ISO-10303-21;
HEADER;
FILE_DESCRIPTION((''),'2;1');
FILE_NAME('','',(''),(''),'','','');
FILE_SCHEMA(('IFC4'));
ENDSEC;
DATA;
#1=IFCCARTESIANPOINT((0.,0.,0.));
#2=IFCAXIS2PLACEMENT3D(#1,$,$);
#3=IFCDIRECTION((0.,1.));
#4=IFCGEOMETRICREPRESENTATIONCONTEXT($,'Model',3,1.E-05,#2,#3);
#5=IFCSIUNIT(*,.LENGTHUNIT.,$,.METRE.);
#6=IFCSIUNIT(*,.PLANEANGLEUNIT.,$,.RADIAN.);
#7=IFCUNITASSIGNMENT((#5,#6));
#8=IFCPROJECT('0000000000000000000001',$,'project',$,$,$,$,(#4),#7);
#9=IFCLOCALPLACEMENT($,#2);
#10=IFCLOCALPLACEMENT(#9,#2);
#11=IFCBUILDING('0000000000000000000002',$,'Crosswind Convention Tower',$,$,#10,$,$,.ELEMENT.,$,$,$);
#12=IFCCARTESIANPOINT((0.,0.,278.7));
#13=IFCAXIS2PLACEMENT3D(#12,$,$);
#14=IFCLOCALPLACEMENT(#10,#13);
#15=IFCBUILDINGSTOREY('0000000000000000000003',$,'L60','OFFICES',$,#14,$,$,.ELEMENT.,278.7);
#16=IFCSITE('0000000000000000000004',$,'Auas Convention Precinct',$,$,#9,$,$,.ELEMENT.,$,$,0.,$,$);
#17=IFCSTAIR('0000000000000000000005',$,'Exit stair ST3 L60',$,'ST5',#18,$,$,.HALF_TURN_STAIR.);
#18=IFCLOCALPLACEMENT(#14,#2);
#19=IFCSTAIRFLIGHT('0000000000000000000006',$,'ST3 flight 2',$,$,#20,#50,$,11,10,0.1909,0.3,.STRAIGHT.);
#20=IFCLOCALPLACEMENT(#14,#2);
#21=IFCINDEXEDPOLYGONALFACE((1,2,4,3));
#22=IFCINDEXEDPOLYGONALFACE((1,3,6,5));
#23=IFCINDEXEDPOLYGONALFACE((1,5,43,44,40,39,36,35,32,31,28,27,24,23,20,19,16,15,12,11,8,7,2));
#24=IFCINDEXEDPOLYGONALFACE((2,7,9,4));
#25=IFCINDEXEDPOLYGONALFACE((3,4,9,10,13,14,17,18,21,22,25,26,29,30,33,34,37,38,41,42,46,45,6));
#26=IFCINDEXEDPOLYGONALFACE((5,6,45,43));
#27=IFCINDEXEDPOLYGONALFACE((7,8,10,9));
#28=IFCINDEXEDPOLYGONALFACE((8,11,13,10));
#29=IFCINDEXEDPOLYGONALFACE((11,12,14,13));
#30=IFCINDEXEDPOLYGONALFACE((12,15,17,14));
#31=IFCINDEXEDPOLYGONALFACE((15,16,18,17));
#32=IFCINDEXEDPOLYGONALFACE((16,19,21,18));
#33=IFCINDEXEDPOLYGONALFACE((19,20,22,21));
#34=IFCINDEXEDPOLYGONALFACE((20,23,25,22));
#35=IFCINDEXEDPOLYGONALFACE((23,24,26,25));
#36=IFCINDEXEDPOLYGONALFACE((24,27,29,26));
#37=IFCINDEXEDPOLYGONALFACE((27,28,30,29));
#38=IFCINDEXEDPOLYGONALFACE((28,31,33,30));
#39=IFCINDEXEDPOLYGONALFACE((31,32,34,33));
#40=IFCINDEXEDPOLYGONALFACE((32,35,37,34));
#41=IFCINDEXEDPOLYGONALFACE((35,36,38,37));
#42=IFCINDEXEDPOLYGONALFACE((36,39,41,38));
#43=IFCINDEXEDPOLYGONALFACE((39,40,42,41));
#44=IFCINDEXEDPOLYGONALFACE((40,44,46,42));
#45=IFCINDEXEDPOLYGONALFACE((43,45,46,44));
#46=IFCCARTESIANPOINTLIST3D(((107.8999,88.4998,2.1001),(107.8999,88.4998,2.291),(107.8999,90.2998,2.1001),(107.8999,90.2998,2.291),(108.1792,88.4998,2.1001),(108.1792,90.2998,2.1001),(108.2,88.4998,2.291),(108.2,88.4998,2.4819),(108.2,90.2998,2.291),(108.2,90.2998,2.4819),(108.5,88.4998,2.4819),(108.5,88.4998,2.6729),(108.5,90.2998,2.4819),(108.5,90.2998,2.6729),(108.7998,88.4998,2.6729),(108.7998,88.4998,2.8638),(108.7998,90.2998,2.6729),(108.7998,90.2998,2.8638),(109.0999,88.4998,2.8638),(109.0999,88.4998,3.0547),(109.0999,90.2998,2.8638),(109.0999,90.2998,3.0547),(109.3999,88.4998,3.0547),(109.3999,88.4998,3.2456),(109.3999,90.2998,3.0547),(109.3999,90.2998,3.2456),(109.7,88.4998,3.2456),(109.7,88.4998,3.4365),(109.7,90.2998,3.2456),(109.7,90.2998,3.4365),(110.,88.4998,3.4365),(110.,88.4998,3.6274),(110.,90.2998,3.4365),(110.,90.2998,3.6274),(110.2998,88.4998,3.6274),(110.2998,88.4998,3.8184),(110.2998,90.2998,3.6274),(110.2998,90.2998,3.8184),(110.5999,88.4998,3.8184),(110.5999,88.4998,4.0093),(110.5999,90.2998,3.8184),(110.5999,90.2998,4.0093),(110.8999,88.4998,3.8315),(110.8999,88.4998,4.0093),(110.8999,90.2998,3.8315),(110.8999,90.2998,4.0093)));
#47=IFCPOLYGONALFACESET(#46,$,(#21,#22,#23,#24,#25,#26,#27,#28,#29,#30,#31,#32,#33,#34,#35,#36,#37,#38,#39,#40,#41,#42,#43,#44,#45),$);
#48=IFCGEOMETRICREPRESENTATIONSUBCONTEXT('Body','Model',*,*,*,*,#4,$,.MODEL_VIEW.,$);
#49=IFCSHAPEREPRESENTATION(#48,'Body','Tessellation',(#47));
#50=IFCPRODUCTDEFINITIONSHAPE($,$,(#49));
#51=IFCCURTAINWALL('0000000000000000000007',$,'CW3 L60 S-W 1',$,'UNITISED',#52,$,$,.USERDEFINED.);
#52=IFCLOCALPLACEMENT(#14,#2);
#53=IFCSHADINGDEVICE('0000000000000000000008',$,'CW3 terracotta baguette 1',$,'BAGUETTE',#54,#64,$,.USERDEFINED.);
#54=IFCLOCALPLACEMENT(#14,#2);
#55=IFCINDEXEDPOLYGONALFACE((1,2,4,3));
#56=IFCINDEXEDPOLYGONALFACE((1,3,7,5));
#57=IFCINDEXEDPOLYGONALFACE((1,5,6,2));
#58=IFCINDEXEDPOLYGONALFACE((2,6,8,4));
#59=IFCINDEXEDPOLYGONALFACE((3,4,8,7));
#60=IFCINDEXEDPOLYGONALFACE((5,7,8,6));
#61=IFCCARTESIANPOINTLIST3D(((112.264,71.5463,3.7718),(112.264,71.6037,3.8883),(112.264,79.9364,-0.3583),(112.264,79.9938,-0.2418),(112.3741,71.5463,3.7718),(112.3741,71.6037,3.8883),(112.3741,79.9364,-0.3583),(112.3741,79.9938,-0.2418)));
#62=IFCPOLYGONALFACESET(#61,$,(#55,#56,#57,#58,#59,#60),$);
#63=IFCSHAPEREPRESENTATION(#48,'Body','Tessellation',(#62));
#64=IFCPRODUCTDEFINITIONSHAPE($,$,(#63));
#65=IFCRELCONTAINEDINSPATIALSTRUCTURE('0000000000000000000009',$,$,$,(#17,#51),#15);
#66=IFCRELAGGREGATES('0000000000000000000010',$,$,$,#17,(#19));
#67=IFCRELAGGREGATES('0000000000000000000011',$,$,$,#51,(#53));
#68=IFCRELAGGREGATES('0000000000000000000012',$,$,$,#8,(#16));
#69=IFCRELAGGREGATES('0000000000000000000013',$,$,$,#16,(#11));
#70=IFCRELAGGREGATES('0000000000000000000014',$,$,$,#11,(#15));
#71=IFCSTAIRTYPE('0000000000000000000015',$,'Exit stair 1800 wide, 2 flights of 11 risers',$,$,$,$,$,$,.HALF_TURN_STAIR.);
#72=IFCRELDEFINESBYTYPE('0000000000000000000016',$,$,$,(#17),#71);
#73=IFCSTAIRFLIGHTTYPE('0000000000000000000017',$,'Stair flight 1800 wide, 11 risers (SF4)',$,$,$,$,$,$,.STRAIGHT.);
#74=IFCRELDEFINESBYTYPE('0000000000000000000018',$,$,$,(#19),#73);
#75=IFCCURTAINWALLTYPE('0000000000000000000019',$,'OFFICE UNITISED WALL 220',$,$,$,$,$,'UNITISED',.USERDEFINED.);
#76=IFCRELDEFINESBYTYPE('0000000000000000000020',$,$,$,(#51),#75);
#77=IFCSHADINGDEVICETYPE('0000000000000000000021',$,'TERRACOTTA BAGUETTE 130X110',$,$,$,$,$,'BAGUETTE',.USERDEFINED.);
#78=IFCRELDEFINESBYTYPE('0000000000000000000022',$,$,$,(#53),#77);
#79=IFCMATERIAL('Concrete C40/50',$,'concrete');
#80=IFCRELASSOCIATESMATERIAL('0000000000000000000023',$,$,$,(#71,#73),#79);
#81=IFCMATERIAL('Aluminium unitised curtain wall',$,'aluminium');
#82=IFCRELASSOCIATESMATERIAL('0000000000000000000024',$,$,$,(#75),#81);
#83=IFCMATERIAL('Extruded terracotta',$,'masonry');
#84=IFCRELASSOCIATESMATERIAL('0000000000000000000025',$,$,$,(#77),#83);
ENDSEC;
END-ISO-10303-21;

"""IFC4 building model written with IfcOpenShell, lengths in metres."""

from ifc_helpers import new_model, si_unit, direction, frame, origin, origin_2d, place, context, subcontext, project, spatial, polyline, rectangle, outline, extrude, material, material_profile, profile_set, type_object, element, aggregate, save


model = new_model("IFC4")

# Units and contexts
model_context = context("Model", 3, precision=1e-05, world=origin(), true_north=direction((0.0, 1.0)))
body_context = subcontext(model_context, "Body", "Model", "MODEL_VIEW")
ifc_project = project(units=[si_unit("LENGTHUNIT", "METRE"), si_unit("PLANEANGLEUNIT", "RADIAN")], contexts=[model_context])

# Site, building, storey
site_placement = place(None, origin())
site = spatial("IfcSite", under=ifc_project, at=site_placement, Name="Auas Convention Precinct", CompositionType="ELEMENT", RefElevation=0.0)
building_placement = place(site_placement, origin())
building = spatial("IfcBuilding", under=site, at=building_placement, Name="Crosswind Convention Tower", CompositionType="ELEMENT")
storey_placement = place(building_placement, frame((0.0, 0.0, 278.7)))
storey = spatial("IfcBuildingStorey", under=building, at=storey_placement, Name="L60", Description="OFFICES", CompositionType="ELEMENT", Elevation=278.7)

# Shared definitions
ifc_material_1 = material(Name="Concrete C40/50", Category="concrete")

# Stair
stair_type = type_object("IfcStairType", Name="Exit stair 1800 wide, 2 flights of 11 risers", PredefinedType="HALF_TURN_STAIR", material=ifc_material_1)
stair_1_placement = place(storey_placement, origin())
stair_1 = element("IfcStair", 1, at=stair_1_placement, inside=storey, type_object=stair_type, Name="Exit stair ST3 L60", ObjectType="ST5", PredefinedType="HALF_TURN_STAIR")

# Stair flight
stair_flight_type = type_object("IfcStairFlightType", Name="Stair flight 1800 wide, 11 risers (SF4)", PredefinedType="STRAIGHT", material=ifc_material_1)
stair_flight_1_placement = place(storey_placement, frame((107.8999, 89.3999, 2.1001), z_axis=(0.0, 0.0, 1.0), x_axis=(1.0, 0.0, 0.0)))
stair_flight_1 = element("IfcStairFlight", 2, at=stair_flight_1_placement, type_object=stair_flight_type, Name="ST3 flight 2", NumberOfRisers=11, NumberOfTreads=10, PredefinedType="STRAIGHT", RiserHeight=0.1909, TreadLength=0.3, context=body_context, shape_type="SweptSolid", body=[
    extrude(outline(polyline([(0.0, 0.0), (0.0, 0.1909), (0.3, 0.1909), (0.3, 0.3818), (0.6001, 0.3818), (0.6001, 0.5728), (0.8999, 0.5728), (0.8999, 0.7637), (1.2, 0.7637), (1.2, 0.9546), (1.5, 0.9546), (1.5, 1.1455), (1.8, 1.1455), (1.8, 1.3364), (2.1001, 1.3364), (2.1001, 1.5273), (2.3999, 1.5273), (2.3999, 1.7183), (2.7, 1.7183), (2.7, 1.9092), (3.0, 1.9092), (3.0, 2.1001), (3.0, 1.7314), (0.2793, 0.0), (0.0, 0.0)])), frame((0.0, 0.8999, 0.0), z_axis=(0.0, -1.0, 0.0), x_axis=(1.0, 0.0, 0.0)), (0.0, 0.0, 1.0), 1.8),
])
aggregate(stair_1, [stair_flight_1])

# Curtain wall, shading device
ifc_material_2 = material(Name="Aluminium unitised curtain wall", Category="aluminium")
curtain_wall_type = type_object("IfcCurtainWallType", Name="OFFICE UNITISED WALL 220", ElementType="UNITISED", PredefinedType="USERDEFINED", material=ifc_material_2)
curtain_wall_placement = place(storey_placement, origin())
curtain_wall = element("IfcCurtainWall", 3, at=curtain_wall_placement, inside=storey, type_object=curtain_wall_type, Name="CW3 L60 S-W 1", ObjectType="UNITISED", PredefinedType="USERDEFINED")
ifc_material_3 = material(Name="Extruded terracotta", Category="masonry")
ifc_material_profile = material_profile(ifc_material_3, rectangle(XDim=0.1101, YDim=0.1299, at=origin_2d()), Name="TC 110X130")
ifc_profile_set = profile_set([ifc_material_profile], Name="Extruded terracotta")
shading_device_type = type_object("IfcShadingDeviceType", Name="TERRACOTTA BAGUETTE 130X110", ElementType="BAGUETTE", PredefinedType="USERDEFINED", material=ifc_profile_set)
shading_device_placement = place(storey_placement, frame((112.3191, 79.9651, -0.3), z_axis=(0.0, -0.897188, 0.441649), x_axis=(1.0, 0.0, 0.0)))
shading_device = element("IfcShadingDevice", 4, at=shading_device_placement, type_object=shading_device_type, Name="CW3 terracotta baguette 1", ObjectType="BAGUETTE", PredefinedType="USERDEFINED", context=body_context, shape_type="SweptSolid", body=[
    extrude(rectangle(XDim=0.1101, YDim=0.1299, at=origin_2d()), origin(), (0.0, 0.0, 1.0), 9.3516),
])
aggregate(curtain_wall, [shading_device])

save(model, "model.ifc")
